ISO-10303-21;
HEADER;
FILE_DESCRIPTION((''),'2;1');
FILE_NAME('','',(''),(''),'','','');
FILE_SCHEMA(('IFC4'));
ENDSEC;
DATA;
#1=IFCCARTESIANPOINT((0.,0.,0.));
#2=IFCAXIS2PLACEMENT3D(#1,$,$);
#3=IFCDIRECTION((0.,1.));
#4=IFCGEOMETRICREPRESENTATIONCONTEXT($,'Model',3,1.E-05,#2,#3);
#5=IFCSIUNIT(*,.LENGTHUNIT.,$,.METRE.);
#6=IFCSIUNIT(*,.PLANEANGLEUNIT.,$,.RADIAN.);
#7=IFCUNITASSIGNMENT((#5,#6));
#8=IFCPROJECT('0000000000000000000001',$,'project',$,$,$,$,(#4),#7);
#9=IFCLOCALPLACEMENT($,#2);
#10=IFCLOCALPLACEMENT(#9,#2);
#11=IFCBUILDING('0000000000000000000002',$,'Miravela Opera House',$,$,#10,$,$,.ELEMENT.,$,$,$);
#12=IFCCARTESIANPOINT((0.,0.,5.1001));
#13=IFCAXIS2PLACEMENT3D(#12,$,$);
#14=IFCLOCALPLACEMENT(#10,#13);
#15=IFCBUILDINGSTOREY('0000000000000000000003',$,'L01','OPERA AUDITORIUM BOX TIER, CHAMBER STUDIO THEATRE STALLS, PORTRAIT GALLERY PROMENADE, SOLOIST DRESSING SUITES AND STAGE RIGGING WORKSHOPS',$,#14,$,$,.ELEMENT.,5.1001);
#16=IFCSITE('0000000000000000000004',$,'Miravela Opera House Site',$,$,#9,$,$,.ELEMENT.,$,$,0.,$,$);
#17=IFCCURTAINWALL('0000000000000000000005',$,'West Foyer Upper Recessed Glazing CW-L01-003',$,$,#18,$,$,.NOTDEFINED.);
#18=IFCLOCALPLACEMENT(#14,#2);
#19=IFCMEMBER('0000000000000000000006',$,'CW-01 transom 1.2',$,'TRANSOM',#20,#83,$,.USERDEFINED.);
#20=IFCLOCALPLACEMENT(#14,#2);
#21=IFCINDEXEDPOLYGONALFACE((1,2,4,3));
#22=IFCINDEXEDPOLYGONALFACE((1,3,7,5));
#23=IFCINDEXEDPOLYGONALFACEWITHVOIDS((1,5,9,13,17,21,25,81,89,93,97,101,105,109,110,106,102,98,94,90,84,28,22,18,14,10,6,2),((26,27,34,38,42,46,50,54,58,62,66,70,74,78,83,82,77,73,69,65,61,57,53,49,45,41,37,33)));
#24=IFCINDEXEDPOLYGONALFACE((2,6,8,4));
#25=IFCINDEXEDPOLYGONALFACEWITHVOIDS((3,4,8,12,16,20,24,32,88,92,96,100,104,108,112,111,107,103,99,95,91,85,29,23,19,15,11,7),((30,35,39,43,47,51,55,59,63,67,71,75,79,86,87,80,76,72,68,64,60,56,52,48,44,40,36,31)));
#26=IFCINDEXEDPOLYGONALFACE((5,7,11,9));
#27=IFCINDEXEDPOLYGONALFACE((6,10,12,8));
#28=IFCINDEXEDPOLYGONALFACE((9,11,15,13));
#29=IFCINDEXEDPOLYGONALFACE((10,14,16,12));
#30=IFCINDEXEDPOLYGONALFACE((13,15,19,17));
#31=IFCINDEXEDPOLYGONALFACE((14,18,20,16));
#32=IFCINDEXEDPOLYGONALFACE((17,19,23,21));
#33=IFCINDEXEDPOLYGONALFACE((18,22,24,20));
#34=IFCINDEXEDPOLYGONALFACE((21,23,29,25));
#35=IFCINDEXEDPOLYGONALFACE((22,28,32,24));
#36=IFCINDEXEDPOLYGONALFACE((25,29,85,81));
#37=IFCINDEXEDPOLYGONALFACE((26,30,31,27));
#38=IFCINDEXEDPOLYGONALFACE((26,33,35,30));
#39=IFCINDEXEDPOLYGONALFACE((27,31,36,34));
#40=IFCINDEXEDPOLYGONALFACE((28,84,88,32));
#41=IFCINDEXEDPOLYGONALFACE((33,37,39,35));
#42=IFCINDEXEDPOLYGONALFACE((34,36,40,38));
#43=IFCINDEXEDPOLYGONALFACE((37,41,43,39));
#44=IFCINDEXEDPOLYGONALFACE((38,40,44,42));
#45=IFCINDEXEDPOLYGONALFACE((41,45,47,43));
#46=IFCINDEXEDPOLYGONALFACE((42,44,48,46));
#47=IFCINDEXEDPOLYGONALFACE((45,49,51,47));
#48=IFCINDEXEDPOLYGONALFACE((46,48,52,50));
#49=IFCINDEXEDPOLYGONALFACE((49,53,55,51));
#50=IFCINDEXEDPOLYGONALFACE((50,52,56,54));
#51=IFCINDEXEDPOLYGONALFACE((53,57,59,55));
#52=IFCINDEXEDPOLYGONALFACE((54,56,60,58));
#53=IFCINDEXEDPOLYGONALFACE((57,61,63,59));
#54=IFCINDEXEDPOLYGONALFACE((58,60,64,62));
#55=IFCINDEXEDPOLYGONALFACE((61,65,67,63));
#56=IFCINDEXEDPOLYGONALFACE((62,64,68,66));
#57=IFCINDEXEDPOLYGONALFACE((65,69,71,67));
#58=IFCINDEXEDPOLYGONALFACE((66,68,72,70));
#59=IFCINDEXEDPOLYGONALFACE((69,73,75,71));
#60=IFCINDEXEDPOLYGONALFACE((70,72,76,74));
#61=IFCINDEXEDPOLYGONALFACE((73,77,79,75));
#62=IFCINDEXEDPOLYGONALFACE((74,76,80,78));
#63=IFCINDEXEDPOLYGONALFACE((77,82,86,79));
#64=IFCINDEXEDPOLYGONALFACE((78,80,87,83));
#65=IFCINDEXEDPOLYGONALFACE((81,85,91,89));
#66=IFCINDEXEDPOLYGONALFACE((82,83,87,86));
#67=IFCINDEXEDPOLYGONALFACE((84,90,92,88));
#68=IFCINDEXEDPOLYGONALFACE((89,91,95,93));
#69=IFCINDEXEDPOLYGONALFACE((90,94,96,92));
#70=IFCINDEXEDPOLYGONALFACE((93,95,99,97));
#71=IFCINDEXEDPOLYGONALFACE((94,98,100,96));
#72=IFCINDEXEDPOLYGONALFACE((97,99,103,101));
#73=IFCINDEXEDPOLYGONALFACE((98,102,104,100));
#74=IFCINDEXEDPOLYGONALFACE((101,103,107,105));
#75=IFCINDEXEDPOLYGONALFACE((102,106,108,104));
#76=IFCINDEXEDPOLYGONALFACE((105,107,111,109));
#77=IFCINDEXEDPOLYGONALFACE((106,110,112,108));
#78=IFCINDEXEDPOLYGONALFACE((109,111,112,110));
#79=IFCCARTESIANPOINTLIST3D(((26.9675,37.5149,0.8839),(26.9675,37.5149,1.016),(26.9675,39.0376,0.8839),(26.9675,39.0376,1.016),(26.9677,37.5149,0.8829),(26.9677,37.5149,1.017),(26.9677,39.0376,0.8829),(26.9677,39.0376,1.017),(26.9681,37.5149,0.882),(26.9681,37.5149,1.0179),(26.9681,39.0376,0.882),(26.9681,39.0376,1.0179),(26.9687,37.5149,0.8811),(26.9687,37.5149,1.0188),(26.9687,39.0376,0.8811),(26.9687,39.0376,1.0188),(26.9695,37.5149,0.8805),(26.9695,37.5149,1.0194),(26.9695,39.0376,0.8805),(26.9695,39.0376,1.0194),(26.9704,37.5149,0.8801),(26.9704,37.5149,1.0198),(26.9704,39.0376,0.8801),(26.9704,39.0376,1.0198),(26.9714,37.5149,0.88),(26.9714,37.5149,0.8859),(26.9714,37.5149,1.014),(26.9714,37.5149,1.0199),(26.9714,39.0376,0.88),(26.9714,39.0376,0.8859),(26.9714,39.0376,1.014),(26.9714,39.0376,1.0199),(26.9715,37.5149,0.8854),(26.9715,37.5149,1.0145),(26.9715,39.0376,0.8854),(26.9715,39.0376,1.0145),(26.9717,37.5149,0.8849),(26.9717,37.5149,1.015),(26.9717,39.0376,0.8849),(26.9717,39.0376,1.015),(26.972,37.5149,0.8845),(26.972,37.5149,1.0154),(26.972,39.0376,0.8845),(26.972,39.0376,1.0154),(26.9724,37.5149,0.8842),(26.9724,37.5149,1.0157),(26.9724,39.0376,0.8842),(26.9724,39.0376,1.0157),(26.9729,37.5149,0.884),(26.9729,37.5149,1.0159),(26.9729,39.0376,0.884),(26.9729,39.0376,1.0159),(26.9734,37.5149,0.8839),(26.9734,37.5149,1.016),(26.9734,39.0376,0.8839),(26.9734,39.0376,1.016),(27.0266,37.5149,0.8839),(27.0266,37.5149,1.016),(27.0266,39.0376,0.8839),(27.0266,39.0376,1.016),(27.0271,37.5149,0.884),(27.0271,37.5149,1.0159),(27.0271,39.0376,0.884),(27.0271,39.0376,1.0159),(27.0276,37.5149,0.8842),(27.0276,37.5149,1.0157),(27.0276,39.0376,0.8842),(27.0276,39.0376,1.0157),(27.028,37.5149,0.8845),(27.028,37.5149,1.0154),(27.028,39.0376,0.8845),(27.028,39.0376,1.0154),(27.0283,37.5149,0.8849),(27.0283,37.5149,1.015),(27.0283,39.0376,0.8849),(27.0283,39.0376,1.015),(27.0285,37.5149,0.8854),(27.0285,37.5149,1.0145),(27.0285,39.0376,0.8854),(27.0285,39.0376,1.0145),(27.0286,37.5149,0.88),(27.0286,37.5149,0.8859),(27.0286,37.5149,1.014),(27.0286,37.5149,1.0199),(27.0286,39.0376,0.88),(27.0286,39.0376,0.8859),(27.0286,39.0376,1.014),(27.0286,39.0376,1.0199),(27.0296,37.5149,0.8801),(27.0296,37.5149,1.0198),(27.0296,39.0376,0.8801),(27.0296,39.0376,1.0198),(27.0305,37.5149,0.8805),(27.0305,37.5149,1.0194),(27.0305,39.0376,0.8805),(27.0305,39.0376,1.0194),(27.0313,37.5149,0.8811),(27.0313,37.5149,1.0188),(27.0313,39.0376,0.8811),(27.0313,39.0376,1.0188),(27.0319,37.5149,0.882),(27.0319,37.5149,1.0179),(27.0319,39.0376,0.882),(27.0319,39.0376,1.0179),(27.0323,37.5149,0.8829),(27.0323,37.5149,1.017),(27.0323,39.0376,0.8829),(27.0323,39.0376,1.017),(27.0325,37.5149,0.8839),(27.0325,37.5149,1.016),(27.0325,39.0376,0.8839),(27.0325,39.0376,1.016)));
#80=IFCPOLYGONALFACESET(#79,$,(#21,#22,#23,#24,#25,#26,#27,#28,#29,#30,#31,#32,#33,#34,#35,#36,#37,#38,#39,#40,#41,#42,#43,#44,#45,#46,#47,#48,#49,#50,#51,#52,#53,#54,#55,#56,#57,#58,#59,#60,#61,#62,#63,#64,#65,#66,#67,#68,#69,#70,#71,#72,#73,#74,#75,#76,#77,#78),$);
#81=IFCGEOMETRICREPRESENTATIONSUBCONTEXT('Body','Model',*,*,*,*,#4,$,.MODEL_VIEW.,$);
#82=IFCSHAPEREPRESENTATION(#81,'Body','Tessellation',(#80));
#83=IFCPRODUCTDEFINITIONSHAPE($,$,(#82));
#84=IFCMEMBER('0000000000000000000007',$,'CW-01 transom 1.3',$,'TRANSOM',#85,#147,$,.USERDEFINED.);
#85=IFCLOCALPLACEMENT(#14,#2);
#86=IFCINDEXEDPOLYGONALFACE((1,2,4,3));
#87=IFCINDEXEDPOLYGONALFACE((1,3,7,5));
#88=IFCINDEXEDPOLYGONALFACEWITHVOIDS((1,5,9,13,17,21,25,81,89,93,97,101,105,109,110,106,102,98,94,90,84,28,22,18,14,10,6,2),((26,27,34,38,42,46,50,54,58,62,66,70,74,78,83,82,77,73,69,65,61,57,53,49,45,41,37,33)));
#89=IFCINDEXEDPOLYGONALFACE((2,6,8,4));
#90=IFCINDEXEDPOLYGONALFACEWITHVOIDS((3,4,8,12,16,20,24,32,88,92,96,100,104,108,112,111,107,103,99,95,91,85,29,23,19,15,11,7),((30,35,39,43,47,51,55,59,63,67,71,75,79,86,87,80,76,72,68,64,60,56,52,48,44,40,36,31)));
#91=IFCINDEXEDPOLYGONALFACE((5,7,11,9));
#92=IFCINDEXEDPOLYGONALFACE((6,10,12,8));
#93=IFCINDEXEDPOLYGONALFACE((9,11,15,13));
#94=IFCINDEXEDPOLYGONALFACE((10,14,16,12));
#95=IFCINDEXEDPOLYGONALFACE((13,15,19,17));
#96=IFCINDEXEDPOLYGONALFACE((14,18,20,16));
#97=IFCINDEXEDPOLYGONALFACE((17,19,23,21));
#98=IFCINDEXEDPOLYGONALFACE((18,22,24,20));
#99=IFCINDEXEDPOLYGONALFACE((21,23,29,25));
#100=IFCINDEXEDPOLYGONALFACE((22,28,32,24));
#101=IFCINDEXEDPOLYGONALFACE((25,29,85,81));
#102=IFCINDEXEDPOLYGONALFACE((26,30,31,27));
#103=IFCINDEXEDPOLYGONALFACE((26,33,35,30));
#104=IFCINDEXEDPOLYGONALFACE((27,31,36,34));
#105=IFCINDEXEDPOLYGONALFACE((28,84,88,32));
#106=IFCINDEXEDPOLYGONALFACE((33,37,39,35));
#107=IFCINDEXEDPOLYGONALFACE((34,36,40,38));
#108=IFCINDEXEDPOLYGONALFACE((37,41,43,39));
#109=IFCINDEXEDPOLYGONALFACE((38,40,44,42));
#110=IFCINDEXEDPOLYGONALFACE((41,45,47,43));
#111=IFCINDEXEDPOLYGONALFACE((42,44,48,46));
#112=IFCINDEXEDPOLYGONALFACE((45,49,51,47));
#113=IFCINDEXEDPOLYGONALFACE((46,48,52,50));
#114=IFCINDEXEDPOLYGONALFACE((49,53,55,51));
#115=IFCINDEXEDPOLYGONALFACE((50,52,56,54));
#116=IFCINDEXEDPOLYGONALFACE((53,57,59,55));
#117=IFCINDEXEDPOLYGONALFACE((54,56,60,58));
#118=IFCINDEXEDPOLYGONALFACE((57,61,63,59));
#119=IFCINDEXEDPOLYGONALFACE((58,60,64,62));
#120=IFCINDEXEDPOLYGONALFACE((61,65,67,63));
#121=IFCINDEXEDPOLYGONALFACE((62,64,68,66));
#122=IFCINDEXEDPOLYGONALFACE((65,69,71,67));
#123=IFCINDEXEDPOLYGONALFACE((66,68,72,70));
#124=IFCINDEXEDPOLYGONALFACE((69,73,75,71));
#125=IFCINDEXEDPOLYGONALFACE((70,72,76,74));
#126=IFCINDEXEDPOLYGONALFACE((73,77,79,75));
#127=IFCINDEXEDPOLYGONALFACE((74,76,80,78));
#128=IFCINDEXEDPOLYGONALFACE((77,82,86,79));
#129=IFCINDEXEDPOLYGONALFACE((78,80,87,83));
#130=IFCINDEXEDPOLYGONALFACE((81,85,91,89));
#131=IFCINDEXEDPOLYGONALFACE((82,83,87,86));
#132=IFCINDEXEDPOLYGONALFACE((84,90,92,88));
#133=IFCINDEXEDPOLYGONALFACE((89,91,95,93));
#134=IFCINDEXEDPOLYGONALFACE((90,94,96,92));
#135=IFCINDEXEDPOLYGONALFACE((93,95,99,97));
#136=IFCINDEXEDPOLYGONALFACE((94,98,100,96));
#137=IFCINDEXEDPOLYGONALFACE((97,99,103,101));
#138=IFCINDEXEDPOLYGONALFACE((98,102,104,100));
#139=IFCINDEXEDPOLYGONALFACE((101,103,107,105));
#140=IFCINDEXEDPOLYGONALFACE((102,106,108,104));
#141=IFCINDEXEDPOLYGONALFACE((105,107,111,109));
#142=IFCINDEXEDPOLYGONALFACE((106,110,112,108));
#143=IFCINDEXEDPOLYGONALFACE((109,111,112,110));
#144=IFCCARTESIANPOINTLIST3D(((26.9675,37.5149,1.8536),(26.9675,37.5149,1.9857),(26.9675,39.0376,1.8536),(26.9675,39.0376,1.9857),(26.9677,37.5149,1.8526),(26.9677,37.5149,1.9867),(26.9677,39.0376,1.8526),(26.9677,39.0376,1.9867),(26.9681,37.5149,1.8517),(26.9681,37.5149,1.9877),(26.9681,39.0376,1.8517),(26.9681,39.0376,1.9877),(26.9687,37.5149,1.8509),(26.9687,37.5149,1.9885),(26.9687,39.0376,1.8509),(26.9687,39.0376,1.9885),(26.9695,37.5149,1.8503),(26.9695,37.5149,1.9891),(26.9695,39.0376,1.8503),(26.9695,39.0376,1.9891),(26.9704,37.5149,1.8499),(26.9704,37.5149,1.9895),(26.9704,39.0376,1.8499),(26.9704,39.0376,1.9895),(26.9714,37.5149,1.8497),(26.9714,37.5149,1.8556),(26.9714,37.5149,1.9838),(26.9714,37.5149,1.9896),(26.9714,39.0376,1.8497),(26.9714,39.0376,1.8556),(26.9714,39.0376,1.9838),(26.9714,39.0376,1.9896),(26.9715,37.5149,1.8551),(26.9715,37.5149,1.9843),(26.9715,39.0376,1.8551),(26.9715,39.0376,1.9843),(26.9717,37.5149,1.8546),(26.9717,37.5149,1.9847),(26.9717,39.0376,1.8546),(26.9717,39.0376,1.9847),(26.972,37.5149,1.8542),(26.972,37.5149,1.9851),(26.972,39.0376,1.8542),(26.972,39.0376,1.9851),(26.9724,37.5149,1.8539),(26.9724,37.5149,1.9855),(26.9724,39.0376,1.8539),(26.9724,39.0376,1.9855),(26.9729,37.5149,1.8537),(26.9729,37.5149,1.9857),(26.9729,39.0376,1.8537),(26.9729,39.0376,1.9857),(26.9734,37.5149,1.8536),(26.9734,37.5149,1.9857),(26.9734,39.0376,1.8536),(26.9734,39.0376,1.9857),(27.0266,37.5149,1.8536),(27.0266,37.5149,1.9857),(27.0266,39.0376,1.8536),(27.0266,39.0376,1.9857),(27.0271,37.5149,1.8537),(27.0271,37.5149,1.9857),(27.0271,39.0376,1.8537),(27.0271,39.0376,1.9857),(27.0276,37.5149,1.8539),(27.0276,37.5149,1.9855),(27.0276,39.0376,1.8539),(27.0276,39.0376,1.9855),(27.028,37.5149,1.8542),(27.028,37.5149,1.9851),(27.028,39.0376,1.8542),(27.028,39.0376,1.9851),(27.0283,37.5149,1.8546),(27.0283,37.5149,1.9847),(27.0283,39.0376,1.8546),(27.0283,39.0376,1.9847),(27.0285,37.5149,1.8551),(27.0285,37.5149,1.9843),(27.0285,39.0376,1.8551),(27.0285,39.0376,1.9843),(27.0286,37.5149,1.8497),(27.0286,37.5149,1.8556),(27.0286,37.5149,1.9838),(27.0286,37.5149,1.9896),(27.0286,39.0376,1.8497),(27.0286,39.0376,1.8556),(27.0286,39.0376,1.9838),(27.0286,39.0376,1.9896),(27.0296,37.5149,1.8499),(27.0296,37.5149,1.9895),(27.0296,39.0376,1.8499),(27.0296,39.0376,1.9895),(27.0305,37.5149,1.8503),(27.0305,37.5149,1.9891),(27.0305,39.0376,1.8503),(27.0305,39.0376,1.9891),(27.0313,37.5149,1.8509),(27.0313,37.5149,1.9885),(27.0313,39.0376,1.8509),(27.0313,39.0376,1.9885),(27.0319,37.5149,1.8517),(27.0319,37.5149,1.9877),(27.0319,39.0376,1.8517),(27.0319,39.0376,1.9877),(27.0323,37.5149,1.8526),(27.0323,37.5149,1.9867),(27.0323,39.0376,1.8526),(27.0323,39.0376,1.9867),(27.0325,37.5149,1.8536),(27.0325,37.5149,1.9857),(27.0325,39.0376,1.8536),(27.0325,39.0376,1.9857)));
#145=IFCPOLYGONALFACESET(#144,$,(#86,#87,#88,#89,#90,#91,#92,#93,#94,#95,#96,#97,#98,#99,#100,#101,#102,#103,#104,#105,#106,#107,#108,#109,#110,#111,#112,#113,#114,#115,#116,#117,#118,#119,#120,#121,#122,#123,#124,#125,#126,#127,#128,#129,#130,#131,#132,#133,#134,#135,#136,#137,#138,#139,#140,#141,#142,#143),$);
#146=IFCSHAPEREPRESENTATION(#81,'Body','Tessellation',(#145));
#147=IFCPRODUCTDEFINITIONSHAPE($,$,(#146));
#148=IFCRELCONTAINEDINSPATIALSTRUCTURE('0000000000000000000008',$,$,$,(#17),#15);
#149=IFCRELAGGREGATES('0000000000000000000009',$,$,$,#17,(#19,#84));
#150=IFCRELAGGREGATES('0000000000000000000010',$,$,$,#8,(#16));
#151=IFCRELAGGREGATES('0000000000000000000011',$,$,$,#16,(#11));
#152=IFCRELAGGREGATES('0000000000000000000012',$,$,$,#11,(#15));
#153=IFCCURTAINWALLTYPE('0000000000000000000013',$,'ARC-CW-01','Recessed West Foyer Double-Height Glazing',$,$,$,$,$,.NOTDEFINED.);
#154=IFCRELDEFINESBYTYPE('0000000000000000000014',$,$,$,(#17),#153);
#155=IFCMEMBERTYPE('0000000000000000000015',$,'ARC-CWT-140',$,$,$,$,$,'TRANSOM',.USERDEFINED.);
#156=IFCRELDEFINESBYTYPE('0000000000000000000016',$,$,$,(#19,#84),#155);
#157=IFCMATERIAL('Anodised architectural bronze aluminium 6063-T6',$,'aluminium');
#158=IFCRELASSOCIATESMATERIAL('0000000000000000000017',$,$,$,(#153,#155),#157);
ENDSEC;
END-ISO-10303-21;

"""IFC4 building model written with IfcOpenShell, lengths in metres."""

from ifc_helpers import new_model, si_unit, direction, frame, origin, origin_2d, place, context, subcontext, project, spatial, hollow_rectangle, extrude, material, material_profile, profile_set, type_object, element, aggregate, save


model = new_model("IFC4")

# Units and contexts
model_context = context("Model", 3, precision=1e-05, world=origin(), true_north=direction((0.0, 1.0)))
body_context = subcontext(model_context, "Body", "Model", "MODEL_VIEW")
ifc_project = project(units=[si_unit("LENGTHUNIT", "METRE"), si_unit("PLANEANGLEUNIT", "RADIAN")], contexts=[model_context])

# Site, building, storey
site_placement = place(None, origin())
site = spatial("IfcSite", under=ifc_project, at=site_placement, Name="Miravela Opera House Site", CompositionType="ELEMENT", RefElevation=0.0)
building_placement = place(site_placement, origin())
building = spatial("IfcBuilding", under=site, at=building_placement, Name="Miravela Opera House", CompositionType="ELEMENT")
storey_placement = place(building_placement, frame((0.0, 0.0, 5.1001)))
storey = spatial("IfcBuildingStorey", under=building, at=storey_placement, Name="L01", Description="OPERA AUDITORIUM BOX TIER, CHAMBER STUDIO THEATRE STALLS, PORTRAIT GALLERY PROMENADE, SOLOIST DRESSING SUITES AND STAGE RIGGING WORKSHOPS", CompositionType="ELEMENT", Elevation=5.1001)

# Shared definitions
ifc_material_1 = material(Name="Anodised architectural bronze aluminium 6063-T6", Category="aluminium")

# Curtain wall
curtain_wall_type_1 = type_object("IfcCurtainWallType", Name="ARC-CW-01", Description="Recessed West Foyer Double-Height Glazing", PredefinedType="NOTDEFINED", material=ifc_material_1)
curtain_wall_1_placement = place(storey_placement, origin())
curtain_wall_1 = element("IfcCurtainWall", 1, at=curtain_wall_1_placement, inside=storey, type_object=curtain_wall_type_1, Name="West Foyer Upper Recessed Glazing CW-L01-003", PredefinedType="NOTDEFINED")

# Members
ifc_material_profile_1 = material_profile(ifc_material_1, hollow_rectangle(XDim=0.0649, YDim=0.1399, WallThickness=0.0039, InnerFilletRadius=0.002, OuterFilletRadius=0.0039, at=origin_2d()), Name="CWT-65X140")
ifc_profile_set_1 = profile_set([ifc_material_profile_1])
member_type_1 = type_object("IfcMemberType", Name="ARC-CWT-140", ElementType="TRANSOM", PredefinedType="USERDEFINED", material=ifc_profile_set_1)
member_1_placement = place(storey_placement, frame((27.0, 37.5149, 0.95), z_axis=(0.0, 1.0, 0.0), x_axis=(-1.0, 0.0, 0.0)))
member_1 = element("IfcMember", 2, at=member_1_placement, type_object=member_type_1, Name="CW-01 transom 1.2", ObjectType="TRANSOM", PredefinedType="USERDEFINED", context=body_context, shape_type="SweptSolid", body=[
    extrude(hollow_rectangle(XDim=0.0649, YDim=0.1399, WallThickness=0.0039, InnerFilletRadius=0.002, OuterFilletRadius=0.0039, at=origin_2d()), origin(), (0.0, 0.0, 1.0), 1.5227),
])
member_2_placement = place(storey_placement, frame((27.0, 37.5149, 1.9197), z_axis=(0.0, 1.0, 0.0), x_axis=(-1.0, 0.0, 0.0)))
member_2 = element("IfcMember", 3, at=member_2_placement, type_object=member_type_1, Name="CW-01 transom 1.3", ObjectType="TRANSOM", PredefinedType="USERDEFINED", context=body_context, shape_type="SweptSolid", body=[
    extrude(hollow_rectangle(XDim=0.0649, YDim=0.1399, WallThickness=0.0039, InnerFilletRadius=0.002, OuterFilletRadius=0.0039, at=origin_2d()), origin(), (0.0, 0.0, 1.0), 1.5227),
])

aggregate(curtain_wall_1, [member_1, member_2])

save(model, "model.ifc")
